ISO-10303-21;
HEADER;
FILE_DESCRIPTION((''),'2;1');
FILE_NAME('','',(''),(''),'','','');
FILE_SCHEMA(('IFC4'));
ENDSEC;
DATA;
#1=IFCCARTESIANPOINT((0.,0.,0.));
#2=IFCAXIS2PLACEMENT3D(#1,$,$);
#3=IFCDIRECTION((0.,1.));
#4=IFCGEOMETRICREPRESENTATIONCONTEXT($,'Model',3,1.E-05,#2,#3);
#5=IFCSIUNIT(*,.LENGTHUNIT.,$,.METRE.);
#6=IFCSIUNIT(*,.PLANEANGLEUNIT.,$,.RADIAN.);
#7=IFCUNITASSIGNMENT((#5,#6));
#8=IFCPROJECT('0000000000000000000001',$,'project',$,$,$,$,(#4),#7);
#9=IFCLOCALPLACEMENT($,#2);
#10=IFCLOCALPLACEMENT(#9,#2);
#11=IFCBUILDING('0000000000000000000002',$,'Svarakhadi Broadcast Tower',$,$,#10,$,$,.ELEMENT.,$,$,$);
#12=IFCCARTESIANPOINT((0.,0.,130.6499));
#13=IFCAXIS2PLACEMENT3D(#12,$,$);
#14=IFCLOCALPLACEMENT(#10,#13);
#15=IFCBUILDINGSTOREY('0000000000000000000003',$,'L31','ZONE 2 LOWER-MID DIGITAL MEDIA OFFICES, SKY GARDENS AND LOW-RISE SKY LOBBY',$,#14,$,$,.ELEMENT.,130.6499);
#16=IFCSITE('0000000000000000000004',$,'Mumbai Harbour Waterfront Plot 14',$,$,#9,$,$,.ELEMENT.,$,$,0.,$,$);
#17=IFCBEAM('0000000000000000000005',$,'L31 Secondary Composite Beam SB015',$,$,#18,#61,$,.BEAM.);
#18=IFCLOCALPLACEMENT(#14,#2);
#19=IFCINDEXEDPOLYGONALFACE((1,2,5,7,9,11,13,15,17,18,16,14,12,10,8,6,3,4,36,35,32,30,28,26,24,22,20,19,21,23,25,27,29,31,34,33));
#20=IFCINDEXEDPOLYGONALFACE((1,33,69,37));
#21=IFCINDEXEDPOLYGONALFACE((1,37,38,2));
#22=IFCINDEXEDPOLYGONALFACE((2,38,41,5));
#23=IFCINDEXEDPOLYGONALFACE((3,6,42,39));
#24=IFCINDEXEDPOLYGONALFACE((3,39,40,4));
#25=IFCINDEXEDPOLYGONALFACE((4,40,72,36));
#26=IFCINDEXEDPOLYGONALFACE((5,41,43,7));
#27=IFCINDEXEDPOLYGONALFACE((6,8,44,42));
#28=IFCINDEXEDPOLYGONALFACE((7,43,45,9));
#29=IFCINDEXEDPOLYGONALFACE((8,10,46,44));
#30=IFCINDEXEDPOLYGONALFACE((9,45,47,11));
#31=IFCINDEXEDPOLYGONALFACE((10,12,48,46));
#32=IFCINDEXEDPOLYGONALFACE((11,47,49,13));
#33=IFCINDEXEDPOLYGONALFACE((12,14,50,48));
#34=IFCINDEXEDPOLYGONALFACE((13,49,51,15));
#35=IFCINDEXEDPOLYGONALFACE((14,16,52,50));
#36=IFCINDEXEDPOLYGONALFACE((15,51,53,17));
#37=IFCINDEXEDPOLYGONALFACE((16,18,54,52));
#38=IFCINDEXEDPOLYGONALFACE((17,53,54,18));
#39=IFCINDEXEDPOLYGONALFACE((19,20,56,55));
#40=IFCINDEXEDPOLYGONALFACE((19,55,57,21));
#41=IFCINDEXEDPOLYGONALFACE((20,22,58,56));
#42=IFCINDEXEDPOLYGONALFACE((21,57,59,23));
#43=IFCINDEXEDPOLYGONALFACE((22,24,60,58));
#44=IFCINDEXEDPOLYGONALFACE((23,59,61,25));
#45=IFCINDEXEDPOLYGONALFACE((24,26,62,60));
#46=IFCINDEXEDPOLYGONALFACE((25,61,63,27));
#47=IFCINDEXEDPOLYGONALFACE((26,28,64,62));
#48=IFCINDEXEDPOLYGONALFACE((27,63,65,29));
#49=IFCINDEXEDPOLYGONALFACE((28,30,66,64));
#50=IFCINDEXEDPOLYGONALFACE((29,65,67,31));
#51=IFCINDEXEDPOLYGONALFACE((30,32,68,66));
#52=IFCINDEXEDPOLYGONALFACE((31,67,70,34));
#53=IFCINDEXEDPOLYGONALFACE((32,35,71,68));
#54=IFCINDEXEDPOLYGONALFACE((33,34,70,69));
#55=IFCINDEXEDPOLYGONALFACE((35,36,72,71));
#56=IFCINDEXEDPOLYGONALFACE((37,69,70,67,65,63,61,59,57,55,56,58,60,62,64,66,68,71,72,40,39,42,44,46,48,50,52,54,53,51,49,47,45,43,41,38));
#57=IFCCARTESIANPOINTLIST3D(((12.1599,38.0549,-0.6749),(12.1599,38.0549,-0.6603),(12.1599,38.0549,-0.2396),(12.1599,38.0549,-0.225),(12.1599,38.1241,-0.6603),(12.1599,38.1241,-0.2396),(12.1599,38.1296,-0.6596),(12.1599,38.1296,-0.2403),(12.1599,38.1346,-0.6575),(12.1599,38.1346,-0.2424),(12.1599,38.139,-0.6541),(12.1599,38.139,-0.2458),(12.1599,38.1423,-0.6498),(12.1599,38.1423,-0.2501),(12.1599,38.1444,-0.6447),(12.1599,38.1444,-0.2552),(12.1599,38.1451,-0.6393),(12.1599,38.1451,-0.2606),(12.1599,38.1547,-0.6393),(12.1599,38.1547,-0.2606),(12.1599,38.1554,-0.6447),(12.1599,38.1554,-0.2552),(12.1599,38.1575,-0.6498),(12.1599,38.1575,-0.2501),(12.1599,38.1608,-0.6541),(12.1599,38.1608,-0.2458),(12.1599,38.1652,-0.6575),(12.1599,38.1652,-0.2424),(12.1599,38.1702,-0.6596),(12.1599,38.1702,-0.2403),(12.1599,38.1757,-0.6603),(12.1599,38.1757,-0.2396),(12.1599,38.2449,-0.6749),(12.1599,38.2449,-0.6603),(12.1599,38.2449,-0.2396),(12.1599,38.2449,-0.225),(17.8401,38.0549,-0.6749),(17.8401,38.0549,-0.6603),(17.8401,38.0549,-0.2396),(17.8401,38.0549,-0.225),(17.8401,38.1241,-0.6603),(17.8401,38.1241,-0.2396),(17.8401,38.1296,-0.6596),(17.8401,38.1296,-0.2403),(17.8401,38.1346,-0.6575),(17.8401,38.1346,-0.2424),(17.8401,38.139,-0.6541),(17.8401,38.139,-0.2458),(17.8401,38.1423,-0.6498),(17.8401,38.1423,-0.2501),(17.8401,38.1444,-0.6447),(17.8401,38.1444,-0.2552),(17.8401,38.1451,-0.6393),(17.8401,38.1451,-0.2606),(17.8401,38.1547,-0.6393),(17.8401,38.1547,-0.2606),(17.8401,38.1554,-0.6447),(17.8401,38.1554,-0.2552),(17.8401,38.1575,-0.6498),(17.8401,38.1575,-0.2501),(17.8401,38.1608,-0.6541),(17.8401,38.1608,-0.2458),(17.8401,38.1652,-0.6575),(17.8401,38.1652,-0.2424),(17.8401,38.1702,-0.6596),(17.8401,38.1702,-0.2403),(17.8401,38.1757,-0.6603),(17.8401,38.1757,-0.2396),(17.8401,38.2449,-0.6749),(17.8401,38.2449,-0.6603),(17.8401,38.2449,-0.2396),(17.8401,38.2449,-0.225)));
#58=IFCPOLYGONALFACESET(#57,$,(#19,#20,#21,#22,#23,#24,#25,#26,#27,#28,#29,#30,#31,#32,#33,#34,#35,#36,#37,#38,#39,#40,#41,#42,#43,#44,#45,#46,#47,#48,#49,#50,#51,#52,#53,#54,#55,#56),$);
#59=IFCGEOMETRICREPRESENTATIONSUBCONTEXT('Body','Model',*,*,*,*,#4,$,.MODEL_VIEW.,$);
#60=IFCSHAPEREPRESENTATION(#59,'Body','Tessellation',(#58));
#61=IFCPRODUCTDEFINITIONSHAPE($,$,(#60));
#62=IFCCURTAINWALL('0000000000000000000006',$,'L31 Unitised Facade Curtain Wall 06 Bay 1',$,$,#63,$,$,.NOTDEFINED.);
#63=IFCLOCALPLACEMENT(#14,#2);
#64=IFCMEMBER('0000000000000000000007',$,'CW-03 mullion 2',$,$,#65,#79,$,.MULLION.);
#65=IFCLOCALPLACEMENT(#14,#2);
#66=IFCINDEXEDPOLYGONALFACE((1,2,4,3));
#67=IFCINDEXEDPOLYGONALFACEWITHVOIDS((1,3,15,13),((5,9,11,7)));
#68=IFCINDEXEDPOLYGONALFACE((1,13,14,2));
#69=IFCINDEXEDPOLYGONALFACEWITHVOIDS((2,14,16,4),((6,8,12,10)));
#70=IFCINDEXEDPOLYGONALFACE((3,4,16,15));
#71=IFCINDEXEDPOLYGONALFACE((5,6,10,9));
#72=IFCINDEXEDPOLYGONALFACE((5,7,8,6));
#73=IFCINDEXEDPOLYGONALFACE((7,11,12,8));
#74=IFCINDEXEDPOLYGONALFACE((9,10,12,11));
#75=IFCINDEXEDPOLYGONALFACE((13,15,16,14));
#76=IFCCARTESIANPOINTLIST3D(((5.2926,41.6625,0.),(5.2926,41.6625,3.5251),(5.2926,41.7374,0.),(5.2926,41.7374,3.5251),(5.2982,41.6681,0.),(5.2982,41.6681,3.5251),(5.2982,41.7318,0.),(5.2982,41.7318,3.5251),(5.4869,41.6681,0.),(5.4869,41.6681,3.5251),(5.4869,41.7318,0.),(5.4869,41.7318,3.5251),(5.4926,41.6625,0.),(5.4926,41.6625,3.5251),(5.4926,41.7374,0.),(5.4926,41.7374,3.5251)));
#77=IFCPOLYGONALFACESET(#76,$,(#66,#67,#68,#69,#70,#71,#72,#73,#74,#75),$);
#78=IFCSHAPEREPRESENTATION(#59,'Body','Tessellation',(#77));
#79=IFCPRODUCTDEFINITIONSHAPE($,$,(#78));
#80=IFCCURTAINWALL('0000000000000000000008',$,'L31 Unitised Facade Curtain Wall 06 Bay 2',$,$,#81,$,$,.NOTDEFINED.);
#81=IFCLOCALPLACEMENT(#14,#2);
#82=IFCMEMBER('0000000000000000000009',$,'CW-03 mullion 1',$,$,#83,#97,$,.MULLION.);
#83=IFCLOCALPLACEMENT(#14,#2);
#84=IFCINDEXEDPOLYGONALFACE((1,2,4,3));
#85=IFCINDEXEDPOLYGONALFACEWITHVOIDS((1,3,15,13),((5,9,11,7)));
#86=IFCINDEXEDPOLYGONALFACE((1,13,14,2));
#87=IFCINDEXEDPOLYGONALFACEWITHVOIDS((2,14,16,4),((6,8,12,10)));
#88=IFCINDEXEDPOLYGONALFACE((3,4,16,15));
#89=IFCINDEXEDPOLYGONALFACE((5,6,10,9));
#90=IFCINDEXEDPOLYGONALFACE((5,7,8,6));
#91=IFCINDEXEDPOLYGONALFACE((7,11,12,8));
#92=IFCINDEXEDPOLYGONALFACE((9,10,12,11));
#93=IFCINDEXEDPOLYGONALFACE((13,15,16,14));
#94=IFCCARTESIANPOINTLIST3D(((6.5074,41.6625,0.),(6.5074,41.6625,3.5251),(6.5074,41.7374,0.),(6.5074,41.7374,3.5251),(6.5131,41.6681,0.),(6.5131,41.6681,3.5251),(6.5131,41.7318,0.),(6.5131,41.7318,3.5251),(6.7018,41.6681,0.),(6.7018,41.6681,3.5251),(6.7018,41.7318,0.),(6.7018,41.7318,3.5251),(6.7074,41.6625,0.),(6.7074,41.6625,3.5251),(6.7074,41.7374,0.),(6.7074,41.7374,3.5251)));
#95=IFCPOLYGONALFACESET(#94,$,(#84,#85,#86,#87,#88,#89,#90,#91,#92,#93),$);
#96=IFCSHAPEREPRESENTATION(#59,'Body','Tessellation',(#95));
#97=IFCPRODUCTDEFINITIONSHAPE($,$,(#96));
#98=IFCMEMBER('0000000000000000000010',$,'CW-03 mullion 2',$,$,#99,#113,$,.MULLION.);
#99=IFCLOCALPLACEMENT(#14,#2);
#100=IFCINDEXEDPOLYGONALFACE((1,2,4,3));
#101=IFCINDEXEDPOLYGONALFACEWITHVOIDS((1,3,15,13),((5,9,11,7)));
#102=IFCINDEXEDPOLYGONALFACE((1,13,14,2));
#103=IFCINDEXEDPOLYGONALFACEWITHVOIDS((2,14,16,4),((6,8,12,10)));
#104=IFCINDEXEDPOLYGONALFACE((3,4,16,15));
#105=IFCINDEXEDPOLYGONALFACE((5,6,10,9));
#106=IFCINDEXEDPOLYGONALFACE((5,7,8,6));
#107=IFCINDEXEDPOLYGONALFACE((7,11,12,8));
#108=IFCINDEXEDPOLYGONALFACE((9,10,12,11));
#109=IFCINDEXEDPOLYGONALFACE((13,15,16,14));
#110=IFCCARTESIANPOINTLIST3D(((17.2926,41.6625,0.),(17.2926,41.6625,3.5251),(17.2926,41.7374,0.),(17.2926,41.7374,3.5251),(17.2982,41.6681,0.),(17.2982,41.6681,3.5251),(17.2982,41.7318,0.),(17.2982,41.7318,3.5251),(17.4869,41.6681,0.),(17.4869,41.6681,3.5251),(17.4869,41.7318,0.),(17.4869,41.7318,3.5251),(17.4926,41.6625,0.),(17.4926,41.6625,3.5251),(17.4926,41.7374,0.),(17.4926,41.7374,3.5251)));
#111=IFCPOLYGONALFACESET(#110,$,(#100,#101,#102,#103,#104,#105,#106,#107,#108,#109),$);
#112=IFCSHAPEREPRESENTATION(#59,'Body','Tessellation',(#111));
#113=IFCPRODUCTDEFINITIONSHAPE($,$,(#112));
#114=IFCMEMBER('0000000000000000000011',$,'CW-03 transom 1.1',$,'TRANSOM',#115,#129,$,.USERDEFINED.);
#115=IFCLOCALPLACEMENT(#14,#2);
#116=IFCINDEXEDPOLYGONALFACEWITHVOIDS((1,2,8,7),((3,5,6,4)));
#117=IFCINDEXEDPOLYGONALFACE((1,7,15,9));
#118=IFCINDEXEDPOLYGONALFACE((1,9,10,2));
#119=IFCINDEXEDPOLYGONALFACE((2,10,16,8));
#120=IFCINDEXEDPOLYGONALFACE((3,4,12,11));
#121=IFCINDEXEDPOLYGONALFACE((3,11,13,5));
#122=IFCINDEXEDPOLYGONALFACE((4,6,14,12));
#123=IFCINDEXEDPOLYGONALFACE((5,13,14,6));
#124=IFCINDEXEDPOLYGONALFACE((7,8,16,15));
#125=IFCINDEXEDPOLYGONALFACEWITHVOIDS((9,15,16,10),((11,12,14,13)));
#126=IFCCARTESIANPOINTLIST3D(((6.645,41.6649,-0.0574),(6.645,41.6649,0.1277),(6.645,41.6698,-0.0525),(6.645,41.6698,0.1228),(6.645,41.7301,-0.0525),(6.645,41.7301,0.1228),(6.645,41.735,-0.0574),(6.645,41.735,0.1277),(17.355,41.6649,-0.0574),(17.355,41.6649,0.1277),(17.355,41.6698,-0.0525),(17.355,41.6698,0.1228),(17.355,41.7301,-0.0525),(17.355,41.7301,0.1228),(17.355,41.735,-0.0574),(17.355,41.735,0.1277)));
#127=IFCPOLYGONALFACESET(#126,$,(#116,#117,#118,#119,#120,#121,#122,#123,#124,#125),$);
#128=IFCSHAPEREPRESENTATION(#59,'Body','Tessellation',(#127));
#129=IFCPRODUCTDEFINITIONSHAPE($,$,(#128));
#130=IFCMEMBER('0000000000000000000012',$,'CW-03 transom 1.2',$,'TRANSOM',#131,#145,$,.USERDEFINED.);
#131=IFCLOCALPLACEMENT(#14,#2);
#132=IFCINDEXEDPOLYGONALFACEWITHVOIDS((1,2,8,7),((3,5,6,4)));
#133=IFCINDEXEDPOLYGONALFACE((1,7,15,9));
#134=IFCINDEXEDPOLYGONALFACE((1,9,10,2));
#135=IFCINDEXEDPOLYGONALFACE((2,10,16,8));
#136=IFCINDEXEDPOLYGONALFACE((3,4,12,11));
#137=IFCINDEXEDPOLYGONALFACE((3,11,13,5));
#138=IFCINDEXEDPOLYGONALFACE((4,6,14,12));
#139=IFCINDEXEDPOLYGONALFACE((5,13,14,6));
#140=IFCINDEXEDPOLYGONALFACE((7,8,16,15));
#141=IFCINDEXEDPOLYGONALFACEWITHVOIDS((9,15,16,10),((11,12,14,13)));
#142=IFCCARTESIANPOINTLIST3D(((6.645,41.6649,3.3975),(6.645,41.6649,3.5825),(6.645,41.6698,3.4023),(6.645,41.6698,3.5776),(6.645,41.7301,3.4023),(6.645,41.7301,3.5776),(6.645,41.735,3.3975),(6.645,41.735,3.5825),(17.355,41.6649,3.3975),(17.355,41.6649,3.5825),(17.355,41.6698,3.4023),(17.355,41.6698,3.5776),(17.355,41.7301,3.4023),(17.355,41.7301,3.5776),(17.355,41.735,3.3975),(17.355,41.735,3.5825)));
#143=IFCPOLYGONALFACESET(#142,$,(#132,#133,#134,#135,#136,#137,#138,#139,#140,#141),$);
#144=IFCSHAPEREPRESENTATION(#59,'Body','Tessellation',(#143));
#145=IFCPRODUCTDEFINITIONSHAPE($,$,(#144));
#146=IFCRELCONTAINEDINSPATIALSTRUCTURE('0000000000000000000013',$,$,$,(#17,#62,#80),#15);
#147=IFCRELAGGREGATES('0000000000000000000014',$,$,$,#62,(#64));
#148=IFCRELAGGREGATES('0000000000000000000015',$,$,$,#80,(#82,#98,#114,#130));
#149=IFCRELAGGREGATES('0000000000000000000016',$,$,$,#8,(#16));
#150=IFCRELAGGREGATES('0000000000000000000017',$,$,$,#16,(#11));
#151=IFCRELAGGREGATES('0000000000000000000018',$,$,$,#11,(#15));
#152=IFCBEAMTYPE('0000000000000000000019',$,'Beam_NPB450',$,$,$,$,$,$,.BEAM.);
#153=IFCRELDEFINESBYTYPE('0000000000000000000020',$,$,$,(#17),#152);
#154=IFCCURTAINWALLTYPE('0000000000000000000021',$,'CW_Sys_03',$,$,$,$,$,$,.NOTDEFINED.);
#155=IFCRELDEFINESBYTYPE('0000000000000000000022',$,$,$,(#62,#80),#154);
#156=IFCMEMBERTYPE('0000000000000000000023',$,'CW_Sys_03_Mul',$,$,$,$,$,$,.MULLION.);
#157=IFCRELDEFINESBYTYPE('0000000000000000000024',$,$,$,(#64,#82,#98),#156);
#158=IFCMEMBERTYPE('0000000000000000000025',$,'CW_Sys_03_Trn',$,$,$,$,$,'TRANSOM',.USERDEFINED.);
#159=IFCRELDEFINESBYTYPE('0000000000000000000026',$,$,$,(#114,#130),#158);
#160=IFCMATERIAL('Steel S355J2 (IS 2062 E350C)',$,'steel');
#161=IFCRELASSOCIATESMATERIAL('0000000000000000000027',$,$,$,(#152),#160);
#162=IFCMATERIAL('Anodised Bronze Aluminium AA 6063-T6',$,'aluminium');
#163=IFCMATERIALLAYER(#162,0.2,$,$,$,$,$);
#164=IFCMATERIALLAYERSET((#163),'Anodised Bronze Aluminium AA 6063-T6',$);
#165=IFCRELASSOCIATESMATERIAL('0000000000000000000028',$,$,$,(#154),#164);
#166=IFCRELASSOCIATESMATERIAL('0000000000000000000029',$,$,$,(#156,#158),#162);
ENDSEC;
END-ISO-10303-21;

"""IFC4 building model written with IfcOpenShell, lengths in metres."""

from ifc_helpers import new_model, si_unit, direction, frame, origin, origin_2d, place, context, subcontext, project, spatial, hollow_rectangle, i_section, extrude, material, layer, layer_set, material_profile, profile_set, type_object, element, aggregate, save


model = new_model("IFC4")

# Units and contexts
model_context = context("Model", 3, precision=1e-05, world=origin(), true_north=direction((0.0, 1.0)))
body_context = subcontext(model_context, "Body", "Model", "MODEL_VIEW")
ifc_project = project(units=[si_unit("LENGTHUNIT", "METRE"), si_unit("PLANEANGLEUNIT", "RADIAN")], contexts=[model_context])

# Site, building, storey
site_placement = place(None, origin())
site = spatial("IfcSite", under=ifc_project, at=site_placement, Name="Mumbai Harbour Waterfront Plot 14", CompositionType="ELEMENT", RefElevation=0.0)
building_placement = place(site_placement, origin())
building = spatial("IfcBuilding", under=site, at=building_placement, Name="Svarakhadi Broadcast Tower", CompositionType="ELEMENT")
storey_placement = place(building_placement, frame((0.0, 0.0, 130.6499)))
storey = spatial("IfcBuildingStorey", under=building, at=storey_placement, Name="L31", Description="ZONE 2 LOWER-MID DIGITAL MEDIA OFFICES, SKY GARDENS AND LOW-RISE SKY LOBBY", CompositionType="ELEMENT", Elevation=130.6499)

# Beam
ifc_material_1 = material(Name="Steel S355J2 (IS 2062 E350C)", Category="steel")
ifc_material_profile_1 = material_profile(ifc_material_1, i_section(OverallWidth=0.1899, OverallDepth=0.45, WebThickness=0.0095, FlangeThickness=0.0146, FilletRadius=0.021, at=origin_2d()), Name="NPB 450x190x78")
ifc_profile_set_1 = profile_set([ifc_material_profile_1], Name="Steel S355J2 (IS 2062 E350C)")
beam_type_1 = type_object("IfcBeamType", Name="Beam_NPB450", PredefinedType="BEAM", material=ifc_profile_set_1)
for number, where, z_axis, x_axis, name in (
    (1, (12.1599, 38.1499, -0.45), (1.0, 0.0, 0.0), (0.0, 1.0, 0.0), "L31 Secondary Composite Beam SB015"),
):
    element("IfcBeam", number, at=place(storey_placement, frame(where, z_axis=z_axis, x_axis=x_axis)), inside=storey, type_object=beam_type_1, Name=name, PredefinedType="BEAM", context=body_context, shape_type="SweptSolid", body=[
        extrude(i_section(OverallWidth=0.1899, OverallDepth=0.45, WebThickness=0.0095, FlangeThickness=0.0146, FilletRadius=0.021, at=origin_2d()), origin(), (0.0, 0.0, 1.0), 5.6802),
    ])

# Curtain wall, member
ifc_material_2 = material(Name="Anodised Bronze Aluminium AA 6063-T6", Category="aluminium")
ifc_layer_1 = layer(ifc_material_2, 0.2)
ifc_layer_set_1 = layer_set([ifc_layer_1], Name="Anodised Bronze Aluminium AA 6063-T6")
curtain_wall_type = type_object("IfcCurtainWallType", Name="CW_Sys_03", PredefinedType="NOTDEFINED", material=ifc_layer_set_1)
curtain_wall_1_placement = place(storey_placement, origin())
curtain_wall_1 = element("IfcCurtainWall", 2, at=curtain_wall_1_placement, inside=storey, type_object=curtain_wall_type, Name="L31 Unitised Facade Curtain Wall 06 Bay 1", PredefinedType="NOTDEFINED")
ifc_material_profile_2 = material_profile(ifc_material_2, hollow_rectangle(XDim=0.075, YDim=0.2, WallThickness=0.0056, at=origin_2d()), Name="ALU MULLION 200x75x6")
ifc_profile_set_2 = profile_set([ifc_material_profile_2], Name="Anodised Bronze Aluminium AA 6063-T6")
member_type_1 = type_object("IfcMemberType", Name="CW_Sys_03_Mul", PredefinedType="MULLION", material=ifc_profile_set_2)
member_1_placement = place(storey_placement, frame((5.3926, 41.7, 0.0), z_axis=(0.0, 0.0, 1.0), x_axis=(0.0, 1.0, 0.0)))
member_1 = element("IfcMember", 3, at=member_1_placement, type_object=member_type_1, Name="CW-03 mullion 2", PredefinedType="MULLION", context=body_context, shape_type="SweptSolid", body=[
    extrude(hollow_rectangle(XDim=0.075, YDim=0.2, WallThickness=0.0056, at=origin_2d()), origin(), (0.0, 0.0, 1.0), 3.5251),
])
aggregate(curtain_wall_1, [member_1])

# Curtain wall, members
curtain_wall_2_placement = place(storey_placement, origin())
curtain_wall_2 = element("IfcCurtainWall", 4, at=curtain_wall_2_placement, inside=storey, type_object=curtain_wall_type, Name="L31 Unitised Facade Curtain Wall 06 Bay 2", PredefinedType="NOTDEFINED")
member_2_placement = place(storey_placement, frame((6.6074, 41.7, 0.0), z_axis=(0.0, 0.0, 1.0), x_axis=(0.0, 1.0, 0.0)))
member_2 = element("IfcMember", 5, at=member_2_placement, type_object=member_type_1, Name="CW-03 mullion 1", PredefinedType="MULLION", context=body_context, shape_type="SweptSolid", body=[
    extrude(hollow_rectangle(XDim=0.075, YDim=0.2, WallThickness=0.0056, at=origin_2d()), origin(), (0.0, 0.0, 1.0), 3.5251),
])
member_3_placement = place(storey_placement, frame((17.3926, 41.7, 0.0), z_axis=(0.0, 0.0, 1.0), x_axis=(0.0, 1.0, 0.0)))
member_3 = element("IfcMember", 6, at=member_3_placement, type_object=member_type_1, Name="CW-03 mullion 2", PredefinedType="MULLION", context=body_context, shape_type="SweptSolid", body=[
    extrude(hollow_rectangle(XDim=0.075, YDim=0.2, WallThickness=0.0056, at=origin_2d()), origin(), (0.0, 0.0, 1.0), 3.5251),
])
ifc_material_profile_3 = material_profile(ifc_material_2, hollow_rectangle(XDim=0.0701, YDim=0.1851, WallThickness=0.0049, at=origin_2d()), Name="ALU TRANSOM 185x70x5")
ifc_profile_set_3 = profile_set([ifc_material_profile_3], Name="Anodised Bronze Aluminium AA 6063-T6")
member_type_2 = type_object("IfcMemberType", Name="CW_Sys_03_Trn", ElementType="TRANSOM", PredefinedType="USERDEFINED", material=ifc_profile_set_3)
member_4_placement = place(storey_placement, frame((6.645, 41.7, 0.0352), z_axis=(1.0, 0.0, 0.0), x_axis=(0.0, 1.0, 0.0)))
member_4 = element("IfcMember", 7, at=member_4_placement, type_object=member_type_2, Name="CW-03 transom 1.1", ObjectType="TRANSOM", PredefinedType="USERDEFINED", context=body_context, shape_type="SweptSolid", body=[
    extrude(hollow_rectangle(XDim=0.0701, YDim=0.1851, WallThickness=0.0049, at=origin_2d()), origin(), (0.0, 0.0, 1.0), 10.71),
])
member_5_placement = place(storey_placement, frame((6.645, 41.7, 3.49), z_axis=(1.0, 0.0, 0.0), x_axis=(0.0, 1.0, 0.0)))
member_5 = element("IfcMember", 8, at=member_5_placement, type_object=member_type_2, Name="CW-03 transom 1.2", ObjectType="TRANSOM", PredefinedType="USERDEFINED", context=body_context, shape_type="SweptSolid", body=[
    extrude(hollow_rectangle(XDim=0.0701, YDim=0.1851, WallThickness=0.0049, at=origin_2d()), origin(), (0.0, 0.0, 1.0), 10.71),
])

aggregate(curtain_wall_2, [member_2, member_3, member_4, member_5])

save(model, "model.ifc")
